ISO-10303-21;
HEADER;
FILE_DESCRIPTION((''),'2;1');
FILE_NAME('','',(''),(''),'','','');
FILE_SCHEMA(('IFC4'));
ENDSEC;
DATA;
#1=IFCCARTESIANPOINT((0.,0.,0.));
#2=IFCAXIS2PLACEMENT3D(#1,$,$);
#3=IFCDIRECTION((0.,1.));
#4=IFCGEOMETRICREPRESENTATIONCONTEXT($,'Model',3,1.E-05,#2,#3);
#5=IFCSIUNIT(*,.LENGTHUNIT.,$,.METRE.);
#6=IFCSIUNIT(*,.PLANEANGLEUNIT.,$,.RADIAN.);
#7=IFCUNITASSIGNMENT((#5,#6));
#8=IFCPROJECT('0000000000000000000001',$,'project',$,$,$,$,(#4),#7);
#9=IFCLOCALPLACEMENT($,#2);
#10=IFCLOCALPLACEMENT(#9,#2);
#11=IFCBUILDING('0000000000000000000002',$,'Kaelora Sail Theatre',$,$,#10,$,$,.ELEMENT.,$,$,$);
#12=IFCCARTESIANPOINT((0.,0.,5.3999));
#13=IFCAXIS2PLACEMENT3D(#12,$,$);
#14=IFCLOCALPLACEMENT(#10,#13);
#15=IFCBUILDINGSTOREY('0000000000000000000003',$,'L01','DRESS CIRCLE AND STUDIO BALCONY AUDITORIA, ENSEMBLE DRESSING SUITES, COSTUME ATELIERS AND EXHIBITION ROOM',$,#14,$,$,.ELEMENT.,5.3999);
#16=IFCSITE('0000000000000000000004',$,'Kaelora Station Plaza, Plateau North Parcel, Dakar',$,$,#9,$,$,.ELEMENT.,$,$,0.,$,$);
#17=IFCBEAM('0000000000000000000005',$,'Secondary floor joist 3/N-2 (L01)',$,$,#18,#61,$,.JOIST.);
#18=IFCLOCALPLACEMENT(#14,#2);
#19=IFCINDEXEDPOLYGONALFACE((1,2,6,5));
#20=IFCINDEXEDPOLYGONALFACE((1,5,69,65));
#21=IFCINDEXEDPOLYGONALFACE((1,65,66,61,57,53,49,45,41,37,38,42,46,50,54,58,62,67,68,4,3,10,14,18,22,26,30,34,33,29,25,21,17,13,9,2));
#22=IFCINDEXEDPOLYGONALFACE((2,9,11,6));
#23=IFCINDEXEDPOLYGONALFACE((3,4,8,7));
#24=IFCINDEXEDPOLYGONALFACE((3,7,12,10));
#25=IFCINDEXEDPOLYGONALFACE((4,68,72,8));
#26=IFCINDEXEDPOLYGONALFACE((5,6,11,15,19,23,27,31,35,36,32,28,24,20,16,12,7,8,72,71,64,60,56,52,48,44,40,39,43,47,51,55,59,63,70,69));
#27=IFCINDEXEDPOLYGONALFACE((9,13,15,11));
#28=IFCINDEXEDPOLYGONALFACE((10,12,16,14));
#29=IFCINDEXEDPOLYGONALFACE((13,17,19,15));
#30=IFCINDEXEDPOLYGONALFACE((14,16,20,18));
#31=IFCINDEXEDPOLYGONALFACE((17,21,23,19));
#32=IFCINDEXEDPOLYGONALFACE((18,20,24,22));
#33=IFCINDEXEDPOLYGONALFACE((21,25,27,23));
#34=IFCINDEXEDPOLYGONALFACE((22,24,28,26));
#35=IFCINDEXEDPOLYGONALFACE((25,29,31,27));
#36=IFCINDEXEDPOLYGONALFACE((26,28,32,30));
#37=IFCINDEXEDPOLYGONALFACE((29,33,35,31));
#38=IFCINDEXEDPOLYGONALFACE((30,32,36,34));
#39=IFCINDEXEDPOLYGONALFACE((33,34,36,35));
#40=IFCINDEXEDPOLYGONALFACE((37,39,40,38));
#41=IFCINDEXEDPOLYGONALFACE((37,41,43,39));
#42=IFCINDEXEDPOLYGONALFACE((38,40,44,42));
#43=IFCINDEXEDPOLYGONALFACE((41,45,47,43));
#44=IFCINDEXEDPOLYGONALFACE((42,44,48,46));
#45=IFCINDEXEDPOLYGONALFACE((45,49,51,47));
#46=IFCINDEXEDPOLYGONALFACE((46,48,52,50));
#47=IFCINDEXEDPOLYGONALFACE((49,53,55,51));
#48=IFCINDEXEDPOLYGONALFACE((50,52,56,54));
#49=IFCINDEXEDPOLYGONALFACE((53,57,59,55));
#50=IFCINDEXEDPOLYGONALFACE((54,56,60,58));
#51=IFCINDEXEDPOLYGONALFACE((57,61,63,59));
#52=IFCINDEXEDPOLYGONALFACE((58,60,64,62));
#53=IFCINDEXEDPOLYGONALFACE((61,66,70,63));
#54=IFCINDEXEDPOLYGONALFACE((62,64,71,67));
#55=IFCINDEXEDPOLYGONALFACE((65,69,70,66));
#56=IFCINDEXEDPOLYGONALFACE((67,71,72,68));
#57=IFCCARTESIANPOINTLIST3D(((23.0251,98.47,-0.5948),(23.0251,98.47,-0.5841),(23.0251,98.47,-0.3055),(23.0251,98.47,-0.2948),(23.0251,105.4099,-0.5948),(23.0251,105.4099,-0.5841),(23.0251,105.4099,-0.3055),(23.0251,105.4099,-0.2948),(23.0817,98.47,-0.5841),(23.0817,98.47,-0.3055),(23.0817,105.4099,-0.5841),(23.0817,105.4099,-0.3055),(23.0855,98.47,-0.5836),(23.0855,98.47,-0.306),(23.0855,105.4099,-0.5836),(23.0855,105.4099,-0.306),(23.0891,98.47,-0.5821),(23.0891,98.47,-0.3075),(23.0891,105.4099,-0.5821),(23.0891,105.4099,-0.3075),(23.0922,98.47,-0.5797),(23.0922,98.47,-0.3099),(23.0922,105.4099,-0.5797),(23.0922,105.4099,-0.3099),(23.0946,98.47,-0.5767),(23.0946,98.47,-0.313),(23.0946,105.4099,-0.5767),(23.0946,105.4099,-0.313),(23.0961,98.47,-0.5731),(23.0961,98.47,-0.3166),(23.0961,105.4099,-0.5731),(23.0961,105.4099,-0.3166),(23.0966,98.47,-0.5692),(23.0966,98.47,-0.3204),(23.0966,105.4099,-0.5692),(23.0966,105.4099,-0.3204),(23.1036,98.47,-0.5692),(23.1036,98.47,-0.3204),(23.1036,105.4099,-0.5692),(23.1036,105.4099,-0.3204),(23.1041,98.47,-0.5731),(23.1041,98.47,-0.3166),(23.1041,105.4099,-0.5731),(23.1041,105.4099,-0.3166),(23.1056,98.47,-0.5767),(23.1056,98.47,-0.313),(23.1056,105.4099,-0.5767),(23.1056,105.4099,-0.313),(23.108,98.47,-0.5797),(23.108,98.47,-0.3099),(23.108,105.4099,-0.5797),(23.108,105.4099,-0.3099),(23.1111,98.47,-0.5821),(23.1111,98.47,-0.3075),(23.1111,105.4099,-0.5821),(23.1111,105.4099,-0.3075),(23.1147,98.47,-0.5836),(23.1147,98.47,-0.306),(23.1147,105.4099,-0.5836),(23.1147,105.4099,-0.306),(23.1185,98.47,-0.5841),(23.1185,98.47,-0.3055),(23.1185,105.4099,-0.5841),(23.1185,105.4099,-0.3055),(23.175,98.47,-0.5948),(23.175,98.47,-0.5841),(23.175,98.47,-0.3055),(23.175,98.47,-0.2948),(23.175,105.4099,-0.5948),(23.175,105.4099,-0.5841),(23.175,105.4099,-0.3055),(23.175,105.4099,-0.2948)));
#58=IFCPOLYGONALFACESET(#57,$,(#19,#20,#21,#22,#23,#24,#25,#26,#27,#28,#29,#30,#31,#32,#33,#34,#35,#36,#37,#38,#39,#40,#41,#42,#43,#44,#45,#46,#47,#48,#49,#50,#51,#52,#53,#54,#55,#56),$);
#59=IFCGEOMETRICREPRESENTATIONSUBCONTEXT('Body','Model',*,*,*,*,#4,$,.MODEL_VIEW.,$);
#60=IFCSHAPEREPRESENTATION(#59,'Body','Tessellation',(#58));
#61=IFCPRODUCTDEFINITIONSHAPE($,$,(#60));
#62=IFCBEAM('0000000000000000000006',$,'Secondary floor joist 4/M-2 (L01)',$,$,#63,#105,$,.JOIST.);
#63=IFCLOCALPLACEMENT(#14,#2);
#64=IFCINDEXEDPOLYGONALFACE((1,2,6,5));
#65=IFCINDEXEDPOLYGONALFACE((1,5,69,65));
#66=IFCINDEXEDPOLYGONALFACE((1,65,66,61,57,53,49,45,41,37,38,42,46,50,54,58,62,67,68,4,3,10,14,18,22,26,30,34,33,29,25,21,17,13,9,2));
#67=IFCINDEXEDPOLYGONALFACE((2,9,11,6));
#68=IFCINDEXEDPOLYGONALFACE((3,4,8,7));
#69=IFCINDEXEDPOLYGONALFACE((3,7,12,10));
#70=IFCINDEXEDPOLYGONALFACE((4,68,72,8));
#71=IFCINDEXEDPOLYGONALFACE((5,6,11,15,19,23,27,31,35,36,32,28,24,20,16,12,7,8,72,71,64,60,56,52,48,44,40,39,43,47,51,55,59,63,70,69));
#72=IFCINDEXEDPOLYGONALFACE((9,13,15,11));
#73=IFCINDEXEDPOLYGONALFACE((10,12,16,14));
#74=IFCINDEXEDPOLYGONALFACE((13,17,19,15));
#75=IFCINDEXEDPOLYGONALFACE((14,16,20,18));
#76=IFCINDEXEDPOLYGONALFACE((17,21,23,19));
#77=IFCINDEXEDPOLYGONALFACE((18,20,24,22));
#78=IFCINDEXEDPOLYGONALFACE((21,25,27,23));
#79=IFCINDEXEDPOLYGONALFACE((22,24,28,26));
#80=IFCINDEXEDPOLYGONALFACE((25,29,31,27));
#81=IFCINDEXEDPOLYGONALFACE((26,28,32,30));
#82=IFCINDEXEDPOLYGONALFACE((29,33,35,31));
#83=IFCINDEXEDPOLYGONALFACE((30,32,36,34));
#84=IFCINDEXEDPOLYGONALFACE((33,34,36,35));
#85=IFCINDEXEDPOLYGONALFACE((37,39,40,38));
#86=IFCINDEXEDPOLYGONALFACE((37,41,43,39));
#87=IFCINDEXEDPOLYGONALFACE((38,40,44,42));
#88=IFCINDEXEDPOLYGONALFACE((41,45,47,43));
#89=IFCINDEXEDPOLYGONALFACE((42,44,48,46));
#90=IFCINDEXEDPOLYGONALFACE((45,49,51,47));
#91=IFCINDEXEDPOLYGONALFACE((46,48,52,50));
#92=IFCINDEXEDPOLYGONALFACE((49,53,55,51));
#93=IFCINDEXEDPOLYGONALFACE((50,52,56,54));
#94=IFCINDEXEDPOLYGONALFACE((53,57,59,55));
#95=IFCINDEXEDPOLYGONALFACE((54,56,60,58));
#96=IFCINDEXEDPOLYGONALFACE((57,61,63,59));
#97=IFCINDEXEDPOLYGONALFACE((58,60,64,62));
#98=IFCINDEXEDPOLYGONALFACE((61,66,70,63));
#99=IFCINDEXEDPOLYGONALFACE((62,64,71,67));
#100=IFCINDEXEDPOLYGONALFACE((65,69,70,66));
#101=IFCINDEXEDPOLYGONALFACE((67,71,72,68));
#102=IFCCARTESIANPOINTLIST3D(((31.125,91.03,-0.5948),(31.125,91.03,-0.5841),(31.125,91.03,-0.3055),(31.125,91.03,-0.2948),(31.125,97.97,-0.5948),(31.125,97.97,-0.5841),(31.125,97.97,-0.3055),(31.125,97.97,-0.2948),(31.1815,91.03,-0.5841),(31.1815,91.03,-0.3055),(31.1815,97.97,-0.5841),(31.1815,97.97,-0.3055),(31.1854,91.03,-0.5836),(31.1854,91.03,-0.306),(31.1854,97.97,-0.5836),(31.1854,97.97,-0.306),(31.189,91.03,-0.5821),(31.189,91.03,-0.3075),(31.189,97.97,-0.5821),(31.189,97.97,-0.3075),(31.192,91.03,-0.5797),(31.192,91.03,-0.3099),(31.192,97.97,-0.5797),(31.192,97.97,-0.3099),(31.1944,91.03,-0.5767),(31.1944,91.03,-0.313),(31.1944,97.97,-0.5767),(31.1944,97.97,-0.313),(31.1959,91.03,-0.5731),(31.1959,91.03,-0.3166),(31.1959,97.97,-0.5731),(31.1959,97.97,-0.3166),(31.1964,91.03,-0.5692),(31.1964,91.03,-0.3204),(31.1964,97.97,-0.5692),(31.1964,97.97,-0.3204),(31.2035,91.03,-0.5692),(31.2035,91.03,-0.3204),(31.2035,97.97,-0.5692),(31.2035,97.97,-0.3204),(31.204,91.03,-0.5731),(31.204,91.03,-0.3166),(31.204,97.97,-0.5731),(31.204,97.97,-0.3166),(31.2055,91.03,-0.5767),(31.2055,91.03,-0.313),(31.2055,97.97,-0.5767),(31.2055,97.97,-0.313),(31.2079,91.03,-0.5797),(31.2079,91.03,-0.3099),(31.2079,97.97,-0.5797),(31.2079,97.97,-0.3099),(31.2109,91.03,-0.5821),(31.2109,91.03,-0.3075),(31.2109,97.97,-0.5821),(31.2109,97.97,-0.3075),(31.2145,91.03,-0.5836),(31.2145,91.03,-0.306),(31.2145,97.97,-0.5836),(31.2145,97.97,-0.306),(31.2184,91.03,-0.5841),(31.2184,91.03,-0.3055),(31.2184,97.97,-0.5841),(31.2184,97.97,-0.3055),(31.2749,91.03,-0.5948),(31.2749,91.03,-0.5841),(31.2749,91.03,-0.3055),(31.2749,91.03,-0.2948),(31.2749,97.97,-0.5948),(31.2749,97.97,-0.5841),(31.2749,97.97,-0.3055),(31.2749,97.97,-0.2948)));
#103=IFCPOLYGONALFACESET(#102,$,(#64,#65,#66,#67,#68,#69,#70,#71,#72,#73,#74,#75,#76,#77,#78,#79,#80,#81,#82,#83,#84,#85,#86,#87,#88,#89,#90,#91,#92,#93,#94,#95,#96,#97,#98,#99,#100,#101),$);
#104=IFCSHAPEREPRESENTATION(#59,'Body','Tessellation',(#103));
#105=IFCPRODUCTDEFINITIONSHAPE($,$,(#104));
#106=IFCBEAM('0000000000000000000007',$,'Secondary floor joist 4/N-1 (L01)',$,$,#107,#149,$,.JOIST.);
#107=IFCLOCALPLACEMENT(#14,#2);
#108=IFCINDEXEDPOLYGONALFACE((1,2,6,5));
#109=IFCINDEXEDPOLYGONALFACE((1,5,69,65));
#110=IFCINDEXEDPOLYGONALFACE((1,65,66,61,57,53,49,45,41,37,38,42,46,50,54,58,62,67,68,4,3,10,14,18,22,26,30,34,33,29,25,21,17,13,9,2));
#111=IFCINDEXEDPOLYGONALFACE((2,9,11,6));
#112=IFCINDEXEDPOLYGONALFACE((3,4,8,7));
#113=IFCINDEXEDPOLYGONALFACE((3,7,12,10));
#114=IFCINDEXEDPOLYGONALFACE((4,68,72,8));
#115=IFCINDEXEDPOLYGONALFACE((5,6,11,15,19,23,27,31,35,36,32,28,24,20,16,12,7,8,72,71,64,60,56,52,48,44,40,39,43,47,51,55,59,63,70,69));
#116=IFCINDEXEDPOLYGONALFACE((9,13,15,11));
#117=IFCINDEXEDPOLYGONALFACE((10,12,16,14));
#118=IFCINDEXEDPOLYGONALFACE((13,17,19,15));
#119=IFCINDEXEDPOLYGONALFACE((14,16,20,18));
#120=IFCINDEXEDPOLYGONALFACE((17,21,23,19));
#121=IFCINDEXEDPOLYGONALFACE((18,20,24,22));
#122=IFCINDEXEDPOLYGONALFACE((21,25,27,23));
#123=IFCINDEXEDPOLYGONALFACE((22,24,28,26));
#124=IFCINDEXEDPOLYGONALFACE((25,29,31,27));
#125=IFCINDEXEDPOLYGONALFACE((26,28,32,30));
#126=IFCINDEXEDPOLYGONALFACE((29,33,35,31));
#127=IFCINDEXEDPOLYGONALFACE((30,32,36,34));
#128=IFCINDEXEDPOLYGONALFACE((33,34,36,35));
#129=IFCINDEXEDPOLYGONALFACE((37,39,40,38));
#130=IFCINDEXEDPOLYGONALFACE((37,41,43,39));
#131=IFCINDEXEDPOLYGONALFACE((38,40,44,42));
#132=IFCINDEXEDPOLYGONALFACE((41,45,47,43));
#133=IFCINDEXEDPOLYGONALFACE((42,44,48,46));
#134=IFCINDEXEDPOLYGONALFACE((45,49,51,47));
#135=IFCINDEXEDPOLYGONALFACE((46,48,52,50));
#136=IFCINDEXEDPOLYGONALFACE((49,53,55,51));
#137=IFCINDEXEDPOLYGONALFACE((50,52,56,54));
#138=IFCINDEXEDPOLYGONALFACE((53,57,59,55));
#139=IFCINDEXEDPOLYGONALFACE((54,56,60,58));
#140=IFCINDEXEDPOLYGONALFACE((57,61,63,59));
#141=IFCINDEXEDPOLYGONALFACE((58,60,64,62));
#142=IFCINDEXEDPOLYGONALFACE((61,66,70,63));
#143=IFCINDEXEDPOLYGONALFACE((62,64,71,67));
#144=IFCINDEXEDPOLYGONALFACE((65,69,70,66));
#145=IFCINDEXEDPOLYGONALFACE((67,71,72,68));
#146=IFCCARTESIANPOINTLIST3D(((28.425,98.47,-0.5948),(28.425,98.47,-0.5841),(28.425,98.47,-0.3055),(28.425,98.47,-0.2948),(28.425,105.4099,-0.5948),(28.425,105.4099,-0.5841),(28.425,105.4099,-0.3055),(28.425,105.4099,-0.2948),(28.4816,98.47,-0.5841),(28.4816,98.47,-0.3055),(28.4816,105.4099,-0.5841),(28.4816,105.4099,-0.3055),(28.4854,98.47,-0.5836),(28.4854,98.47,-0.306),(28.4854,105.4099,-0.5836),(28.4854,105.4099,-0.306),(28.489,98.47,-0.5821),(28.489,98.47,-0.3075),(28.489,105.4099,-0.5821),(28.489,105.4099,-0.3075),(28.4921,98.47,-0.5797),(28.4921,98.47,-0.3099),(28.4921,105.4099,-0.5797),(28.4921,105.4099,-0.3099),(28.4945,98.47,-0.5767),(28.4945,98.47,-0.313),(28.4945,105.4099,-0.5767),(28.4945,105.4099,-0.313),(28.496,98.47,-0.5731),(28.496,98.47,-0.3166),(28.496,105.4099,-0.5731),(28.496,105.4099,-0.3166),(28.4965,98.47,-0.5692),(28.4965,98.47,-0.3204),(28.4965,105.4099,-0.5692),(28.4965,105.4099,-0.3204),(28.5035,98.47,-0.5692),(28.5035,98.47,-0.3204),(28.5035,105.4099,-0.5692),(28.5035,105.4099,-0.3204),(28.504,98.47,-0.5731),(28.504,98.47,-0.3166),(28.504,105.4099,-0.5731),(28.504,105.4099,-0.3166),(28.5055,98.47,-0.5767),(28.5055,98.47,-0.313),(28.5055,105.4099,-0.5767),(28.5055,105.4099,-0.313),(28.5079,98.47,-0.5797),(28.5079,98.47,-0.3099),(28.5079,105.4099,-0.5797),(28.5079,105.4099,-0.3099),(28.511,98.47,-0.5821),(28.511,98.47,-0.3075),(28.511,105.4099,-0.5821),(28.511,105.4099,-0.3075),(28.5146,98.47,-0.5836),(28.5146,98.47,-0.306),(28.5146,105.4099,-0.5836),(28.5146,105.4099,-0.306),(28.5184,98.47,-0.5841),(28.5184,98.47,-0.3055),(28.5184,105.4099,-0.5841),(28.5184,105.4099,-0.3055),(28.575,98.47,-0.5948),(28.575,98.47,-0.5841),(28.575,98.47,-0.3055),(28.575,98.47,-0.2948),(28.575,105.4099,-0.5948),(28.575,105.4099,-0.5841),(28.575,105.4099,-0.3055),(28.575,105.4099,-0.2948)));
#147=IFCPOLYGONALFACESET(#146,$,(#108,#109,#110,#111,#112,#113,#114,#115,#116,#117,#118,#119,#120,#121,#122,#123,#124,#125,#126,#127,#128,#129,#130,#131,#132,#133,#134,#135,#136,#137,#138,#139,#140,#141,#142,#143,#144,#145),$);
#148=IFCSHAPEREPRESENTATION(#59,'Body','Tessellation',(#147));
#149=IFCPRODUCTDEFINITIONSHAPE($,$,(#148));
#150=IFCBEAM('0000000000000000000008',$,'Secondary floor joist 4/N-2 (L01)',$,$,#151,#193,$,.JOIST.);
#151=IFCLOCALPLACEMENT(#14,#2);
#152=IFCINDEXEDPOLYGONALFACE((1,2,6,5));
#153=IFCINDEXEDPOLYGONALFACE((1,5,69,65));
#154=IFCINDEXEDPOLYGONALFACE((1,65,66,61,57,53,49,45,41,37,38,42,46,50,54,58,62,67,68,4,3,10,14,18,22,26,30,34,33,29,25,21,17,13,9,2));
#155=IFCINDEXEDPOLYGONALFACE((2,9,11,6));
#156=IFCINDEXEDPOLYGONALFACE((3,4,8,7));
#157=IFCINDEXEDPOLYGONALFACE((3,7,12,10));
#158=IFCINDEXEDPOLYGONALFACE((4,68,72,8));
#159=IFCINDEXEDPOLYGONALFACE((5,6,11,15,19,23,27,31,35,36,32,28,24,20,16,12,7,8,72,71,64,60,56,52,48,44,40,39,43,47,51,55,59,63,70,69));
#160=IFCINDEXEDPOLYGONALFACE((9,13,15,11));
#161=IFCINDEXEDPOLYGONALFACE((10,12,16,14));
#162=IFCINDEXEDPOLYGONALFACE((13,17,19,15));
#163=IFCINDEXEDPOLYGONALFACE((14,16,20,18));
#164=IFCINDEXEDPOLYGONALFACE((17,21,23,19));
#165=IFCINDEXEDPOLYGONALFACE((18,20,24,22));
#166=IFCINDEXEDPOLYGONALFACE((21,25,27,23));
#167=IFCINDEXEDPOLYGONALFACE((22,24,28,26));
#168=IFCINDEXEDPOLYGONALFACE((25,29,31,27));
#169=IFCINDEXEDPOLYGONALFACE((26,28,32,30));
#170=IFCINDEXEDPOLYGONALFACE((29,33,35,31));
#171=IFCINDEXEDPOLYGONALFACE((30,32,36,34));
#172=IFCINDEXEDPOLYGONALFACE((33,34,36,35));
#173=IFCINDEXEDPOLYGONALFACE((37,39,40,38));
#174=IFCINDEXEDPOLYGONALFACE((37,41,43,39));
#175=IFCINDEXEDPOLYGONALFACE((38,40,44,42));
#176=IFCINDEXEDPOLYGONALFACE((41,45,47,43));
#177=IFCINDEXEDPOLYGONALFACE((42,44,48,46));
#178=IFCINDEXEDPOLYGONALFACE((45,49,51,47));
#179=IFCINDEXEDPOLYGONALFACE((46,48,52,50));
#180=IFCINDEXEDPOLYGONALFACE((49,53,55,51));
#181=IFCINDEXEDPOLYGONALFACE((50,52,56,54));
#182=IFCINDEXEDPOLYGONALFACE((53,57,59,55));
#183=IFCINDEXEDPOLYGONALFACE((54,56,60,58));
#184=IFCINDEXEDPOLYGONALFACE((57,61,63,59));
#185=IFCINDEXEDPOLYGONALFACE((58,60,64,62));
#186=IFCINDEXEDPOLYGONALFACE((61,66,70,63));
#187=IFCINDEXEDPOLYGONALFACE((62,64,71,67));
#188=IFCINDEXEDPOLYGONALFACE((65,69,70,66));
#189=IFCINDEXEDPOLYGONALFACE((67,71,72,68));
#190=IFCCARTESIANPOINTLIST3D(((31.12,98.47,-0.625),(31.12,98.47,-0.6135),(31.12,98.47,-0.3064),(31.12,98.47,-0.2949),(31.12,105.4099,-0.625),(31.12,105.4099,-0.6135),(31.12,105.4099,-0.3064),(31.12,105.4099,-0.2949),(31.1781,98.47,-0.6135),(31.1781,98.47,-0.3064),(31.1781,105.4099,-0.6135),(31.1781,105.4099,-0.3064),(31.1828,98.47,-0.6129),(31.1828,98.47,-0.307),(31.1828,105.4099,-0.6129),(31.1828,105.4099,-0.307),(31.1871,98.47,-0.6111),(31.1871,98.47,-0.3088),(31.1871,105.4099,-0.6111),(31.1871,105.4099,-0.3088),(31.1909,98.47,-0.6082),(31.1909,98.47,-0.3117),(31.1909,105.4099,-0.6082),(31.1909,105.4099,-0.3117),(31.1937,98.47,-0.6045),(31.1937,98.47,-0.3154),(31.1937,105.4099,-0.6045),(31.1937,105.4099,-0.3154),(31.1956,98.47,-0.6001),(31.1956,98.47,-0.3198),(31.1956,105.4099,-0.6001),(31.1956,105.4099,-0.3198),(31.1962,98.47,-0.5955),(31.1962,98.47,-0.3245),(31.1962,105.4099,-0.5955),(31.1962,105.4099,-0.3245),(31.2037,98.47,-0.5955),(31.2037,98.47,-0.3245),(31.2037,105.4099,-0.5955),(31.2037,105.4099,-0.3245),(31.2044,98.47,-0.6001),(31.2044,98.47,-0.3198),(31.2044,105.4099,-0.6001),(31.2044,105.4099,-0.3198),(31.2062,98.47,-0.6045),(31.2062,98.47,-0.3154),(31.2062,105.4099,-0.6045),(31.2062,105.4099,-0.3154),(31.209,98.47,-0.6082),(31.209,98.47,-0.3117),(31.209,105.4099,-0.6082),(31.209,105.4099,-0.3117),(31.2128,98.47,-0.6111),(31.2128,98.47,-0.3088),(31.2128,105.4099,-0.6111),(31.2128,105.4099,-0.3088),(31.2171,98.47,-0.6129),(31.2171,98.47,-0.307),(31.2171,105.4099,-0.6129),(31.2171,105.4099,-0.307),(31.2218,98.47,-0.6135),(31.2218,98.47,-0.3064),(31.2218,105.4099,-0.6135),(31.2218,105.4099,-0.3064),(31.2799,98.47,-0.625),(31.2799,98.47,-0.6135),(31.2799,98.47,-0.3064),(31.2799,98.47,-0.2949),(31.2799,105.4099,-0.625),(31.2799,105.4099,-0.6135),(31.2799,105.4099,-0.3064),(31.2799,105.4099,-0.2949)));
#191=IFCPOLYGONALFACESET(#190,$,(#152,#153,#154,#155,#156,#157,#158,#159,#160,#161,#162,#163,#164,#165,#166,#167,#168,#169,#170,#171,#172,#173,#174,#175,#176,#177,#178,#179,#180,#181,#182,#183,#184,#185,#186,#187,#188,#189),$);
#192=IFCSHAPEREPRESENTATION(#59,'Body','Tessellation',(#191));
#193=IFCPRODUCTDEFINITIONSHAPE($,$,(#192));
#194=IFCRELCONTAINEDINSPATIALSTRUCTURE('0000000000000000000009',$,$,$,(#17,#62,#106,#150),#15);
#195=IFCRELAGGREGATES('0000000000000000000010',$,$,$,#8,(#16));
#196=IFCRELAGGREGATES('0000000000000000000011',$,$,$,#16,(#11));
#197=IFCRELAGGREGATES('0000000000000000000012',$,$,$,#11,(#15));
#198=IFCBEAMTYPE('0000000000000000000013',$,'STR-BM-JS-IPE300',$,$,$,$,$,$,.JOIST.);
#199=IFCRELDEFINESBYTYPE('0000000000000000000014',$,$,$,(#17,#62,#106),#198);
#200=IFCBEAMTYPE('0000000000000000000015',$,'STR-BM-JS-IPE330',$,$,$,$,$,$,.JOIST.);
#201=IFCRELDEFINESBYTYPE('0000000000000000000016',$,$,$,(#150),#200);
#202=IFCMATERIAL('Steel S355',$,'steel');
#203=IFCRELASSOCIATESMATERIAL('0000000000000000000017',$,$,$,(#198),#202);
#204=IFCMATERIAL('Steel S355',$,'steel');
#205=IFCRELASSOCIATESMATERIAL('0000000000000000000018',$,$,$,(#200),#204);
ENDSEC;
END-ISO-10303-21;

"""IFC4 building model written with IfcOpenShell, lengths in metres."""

from ifc_helpers import new_model, si_unit, direction, frame, origin, origin_2d, place, context, subcontext, project, spatial, i_section, extrude, material, material_profile, profile_set, type_object, element, save


model = new_model("IFC4")

# Units and contexts
model_context = context("Model", 3, precision=1e-05, world=origin(), true_north=direction((0.0, 1.0)))
body_context = subcontext(model_context, "Body", "Model", "MODEL_VIEW")
ifc_project = project(units=[si_unit("LENGTHUNIT", "METRE"), si_unit("PLANEANGLEUNIT", "RADIAN")], contexts=[model_context])

# Site, building, storey
site_placement = place(None, origin())
site = spatial("IfcSite", under=ifc_project, at=site_placement, Name="Kaelora Station Plaza, Plateau North Parcel, Dakar", CompositionType="ELEMENT", RefElevation=0.0)
building_placement = place(site_placement, origin())
building = spatial("IfcBuilding", under=site, at=building_placement, Name="Kaelora Sail Theatre", CompositionType="ELEMENT")
storey_placement = place(building_placement, frame((0.0, 0.0, 5.3999)))
storey = spatial("IfcBuildingStorey", under=building, at=storey_placement, Name="L01", Description="DRESS CIRCLE AND STUDIO BALCONY AUDITORIA, ENSEMBLE DRESSING SUITES, COSTUME ATELIERS AND EXHIBITION ROOM", CompositionType="ELEMENT", Elevation=5.3999)

# Beams
ifc_material_1 = material(Name="Steel S355", Category="steel")
ifc_material_profile_1 = material_profile(ifc_material_1, i_section(OverallWidth=0.1499, OverallDepth=0.3, WebThickness=0.0071, FlangeThickness=0.0107, FilletRadius=0.0149, at=origin_2d()), Name="IPE 300")
ifc_profile_set_1 = profile_set([ifc_material_profile_1], Name="Steel S355")
beam_type_1 = type_object("IfcBeamType", Name="STR-BM-JS-IPE300", PredefinedType="JOIST", material=ifc_profile_set_1)
for number, where, z_axis, x_axis, name in (
    (1, (23.1001, 98.47, -0.4448), (0.0, 1.0, 0.0), (-1.0, 0.0, 0.0), "Secondary floor joist 3/N-2 (L01)"),
    (2, (31.2, 91.03, -0.4448), (0.0, 1.0, 0.0), (-1.0, 0.0, 0.0), "Secondary floor joist 4/M-2 (L01)"),
    (3, (28.5, 98.47, -0.4448), (0.0, 1.0, 0.0), (-1.0, 0.0, 0.0), "Secondary floor joist 4/N-1 (L01)"),
):
    element("IfcBeam", number, at=place(storey_placement, frame(where, z_axis=z_axis, x_axis=x_axis)), inside=storey, type_object=beam_type_1, Name=name, PredefinedType="JOIST", context=body_context, shape_type="SweptSolid", body=[
        extrude(i_section(OverallWidth=0.1499, OverallDepth=0.3, WebThickness=0.0071, FlangeThickness=0.0107, FilletRadius=0.0149, at=origin_2d()), origin(), (0.0, 0.0, 1.0), 6.9399),
    ])
ifc_material_2 = material(Name="Steel S355", Category="steel")
ifc_material_profile_2 = material_profile(ifc_material_2, i_section(OverallWidth=0.1599, OverallDepth=0.3301, WebThickness=0.0076, FlangeThickness=0.0115, FilletRadius=0.0181, at=origin_2d()), Name="IPE 330")
ifc_profile_set_2 = profile_set([ifc_material_profile_2], Name="Steel S355")
beam_type_2 = type_object("IfcBeamType", Name="STR-BM-JS-IPE330", PredefinedType="JOIST", material=ifc_profile_set_2)
for number, where, z_axis, x_axis, name in (
    (4, (31.2, 98.47, -0.46), (0.0, 1.0, 0.0), (-1.0, 0.0, 0.0), "Secondary floor joist 4/N-2 (L01)"),
):
    element("IfcBeam", number, at=place(storey_placement, frame(where, z_axis=z_axis, x_axis=x_axis)), inside=storey, type_object=beam_type_2, Name=name, PredefinedType="JOIST", context=body_context, shape_type="SweptSolid", body=[
        extrude(i_section(OverallWidth=0.1599, OverallDepth=0.3301, WebThickness=0.0076, FlangeThickness=0.0115, FilletRadius=0.0181, at=origin_2d()), origin(), (0.0, 0.0, 1.0), 6.9399),
    ])

save(model, "model.ifc")
